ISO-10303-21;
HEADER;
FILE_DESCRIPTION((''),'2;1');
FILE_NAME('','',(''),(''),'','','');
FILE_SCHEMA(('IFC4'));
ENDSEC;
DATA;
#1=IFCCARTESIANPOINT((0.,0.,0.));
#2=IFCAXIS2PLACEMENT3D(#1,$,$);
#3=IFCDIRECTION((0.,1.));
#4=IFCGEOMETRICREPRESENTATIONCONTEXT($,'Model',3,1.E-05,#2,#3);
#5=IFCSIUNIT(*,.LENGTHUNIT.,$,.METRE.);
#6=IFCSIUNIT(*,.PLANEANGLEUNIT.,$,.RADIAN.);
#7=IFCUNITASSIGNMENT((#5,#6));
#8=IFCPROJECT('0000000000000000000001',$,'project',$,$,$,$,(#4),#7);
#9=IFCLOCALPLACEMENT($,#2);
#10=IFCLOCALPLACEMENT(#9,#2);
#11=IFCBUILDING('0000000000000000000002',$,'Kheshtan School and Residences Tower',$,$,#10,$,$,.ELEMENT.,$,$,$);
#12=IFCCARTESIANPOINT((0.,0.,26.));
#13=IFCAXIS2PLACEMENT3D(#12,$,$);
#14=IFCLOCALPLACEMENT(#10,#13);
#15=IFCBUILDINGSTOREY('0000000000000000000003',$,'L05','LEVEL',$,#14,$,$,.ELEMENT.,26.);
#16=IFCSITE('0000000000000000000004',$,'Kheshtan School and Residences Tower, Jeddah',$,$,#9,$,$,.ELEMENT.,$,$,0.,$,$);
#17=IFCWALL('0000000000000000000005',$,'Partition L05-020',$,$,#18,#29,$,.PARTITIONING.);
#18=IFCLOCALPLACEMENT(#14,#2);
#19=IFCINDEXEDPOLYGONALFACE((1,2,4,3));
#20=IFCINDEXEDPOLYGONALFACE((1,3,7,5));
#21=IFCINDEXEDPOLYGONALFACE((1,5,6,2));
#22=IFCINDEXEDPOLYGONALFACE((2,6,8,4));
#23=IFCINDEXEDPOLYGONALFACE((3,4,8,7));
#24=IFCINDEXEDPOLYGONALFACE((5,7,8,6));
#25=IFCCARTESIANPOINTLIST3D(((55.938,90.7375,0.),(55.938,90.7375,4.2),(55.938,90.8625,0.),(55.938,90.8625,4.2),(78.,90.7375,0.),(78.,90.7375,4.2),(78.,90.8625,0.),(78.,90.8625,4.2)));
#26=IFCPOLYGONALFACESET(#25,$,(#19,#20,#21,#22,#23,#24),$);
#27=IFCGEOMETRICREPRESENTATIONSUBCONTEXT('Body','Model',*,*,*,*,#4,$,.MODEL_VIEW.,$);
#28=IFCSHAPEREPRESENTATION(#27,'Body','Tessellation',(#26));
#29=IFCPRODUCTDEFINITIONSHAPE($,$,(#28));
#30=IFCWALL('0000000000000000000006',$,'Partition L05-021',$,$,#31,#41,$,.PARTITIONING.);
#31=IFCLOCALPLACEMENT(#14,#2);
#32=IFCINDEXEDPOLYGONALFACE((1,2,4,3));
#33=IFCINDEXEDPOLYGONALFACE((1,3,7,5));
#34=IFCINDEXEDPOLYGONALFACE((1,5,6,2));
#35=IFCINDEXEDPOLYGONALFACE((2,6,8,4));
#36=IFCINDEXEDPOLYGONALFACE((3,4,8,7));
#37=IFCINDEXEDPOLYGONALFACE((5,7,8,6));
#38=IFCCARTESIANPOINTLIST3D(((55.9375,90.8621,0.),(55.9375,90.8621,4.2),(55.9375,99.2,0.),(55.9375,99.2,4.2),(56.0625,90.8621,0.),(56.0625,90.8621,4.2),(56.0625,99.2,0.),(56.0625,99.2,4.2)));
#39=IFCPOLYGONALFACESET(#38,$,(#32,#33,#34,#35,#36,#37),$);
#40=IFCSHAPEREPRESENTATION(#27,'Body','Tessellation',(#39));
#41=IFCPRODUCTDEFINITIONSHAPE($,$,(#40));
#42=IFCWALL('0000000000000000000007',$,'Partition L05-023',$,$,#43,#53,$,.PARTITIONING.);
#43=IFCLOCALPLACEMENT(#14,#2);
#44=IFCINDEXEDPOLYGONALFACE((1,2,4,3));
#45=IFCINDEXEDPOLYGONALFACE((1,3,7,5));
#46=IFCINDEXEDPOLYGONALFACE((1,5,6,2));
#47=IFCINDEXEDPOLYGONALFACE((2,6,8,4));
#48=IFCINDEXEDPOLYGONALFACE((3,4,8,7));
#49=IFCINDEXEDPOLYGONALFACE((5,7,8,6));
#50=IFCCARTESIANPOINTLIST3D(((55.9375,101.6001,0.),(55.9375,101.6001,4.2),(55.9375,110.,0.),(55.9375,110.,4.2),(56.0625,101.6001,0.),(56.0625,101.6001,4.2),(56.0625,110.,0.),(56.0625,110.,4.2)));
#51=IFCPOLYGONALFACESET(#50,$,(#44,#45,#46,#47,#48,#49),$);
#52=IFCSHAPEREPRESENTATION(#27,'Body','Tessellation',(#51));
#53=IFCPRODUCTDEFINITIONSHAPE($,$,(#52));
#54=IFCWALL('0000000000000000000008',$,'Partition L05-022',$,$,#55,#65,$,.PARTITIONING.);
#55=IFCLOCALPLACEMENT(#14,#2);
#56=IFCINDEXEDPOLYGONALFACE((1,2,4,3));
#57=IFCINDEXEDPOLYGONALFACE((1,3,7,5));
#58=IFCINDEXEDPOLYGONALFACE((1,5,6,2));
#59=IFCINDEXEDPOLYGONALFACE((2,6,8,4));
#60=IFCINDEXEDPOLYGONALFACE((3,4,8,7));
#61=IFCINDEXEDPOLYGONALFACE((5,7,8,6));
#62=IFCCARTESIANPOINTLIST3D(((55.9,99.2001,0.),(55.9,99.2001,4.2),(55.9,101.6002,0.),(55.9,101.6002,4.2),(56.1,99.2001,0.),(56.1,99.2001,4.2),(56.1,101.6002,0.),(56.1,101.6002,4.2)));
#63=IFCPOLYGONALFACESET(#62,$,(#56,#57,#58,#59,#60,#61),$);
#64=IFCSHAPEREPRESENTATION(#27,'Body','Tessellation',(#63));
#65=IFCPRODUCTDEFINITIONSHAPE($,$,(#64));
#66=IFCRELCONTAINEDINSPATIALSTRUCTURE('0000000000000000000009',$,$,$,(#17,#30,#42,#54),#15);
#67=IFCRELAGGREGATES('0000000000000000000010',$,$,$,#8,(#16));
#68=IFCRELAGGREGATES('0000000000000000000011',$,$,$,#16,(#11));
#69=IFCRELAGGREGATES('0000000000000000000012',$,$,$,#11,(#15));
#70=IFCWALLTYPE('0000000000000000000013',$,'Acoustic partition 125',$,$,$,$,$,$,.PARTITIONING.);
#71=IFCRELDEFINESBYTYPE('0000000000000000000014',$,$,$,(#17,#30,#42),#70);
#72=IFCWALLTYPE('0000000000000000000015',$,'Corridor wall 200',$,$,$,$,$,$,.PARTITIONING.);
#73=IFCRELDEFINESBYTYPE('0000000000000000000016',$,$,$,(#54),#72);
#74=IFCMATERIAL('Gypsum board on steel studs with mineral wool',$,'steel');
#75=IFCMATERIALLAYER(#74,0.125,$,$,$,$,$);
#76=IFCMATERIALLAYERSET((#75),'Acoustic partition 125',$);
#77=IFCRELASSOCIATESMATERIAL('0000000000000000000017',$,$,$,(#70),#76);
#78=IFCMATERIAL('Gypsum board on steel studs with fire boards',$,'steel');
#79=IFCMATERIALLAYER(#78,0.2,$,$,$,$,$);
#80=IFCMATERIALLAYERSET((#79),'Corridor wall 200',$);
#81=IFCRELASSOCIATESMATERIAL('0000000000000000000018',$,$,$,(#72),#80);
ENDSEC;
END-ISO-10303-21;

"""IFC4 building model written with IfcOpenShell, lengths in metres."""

from ifc_helpers import new_model, si_unit, direction, frame, frame_2d, origin, place, context, subcontext, project, spatial, rectangle, extrude, material, layer, layer_set, type_object, element, save


model = new_model("IFC4")

# Units and contexts
model_context = context("Model", 3, precision=1e-05, world=origin(), true_north=direction((0.0, 1.0)))
body_context = subcontext(model_context, "Body", "Model", "MODEL_VIEW")
ifc_project = project(units=[si_unit("LENGTHUNIT", "METRE"), si_unit("PLANEANGLEUNIT", "RADIAN")], contexts=[model_context])

# Site, building, storey
site_placement = place(None, origin())
site = spatial("IfcSite", under=ifc_project, at=site_placement, Name="Kheshtan School and Residences Tower, Jeddah", CompositionType="ELEMENT", RefElevation=0.0)
building_placement = place(site_placement, origin())
building = spatial("IfcBuilding", under=site, at=building_placement, Name="Kheshtan School and Residences Tower", CompositionType="ELEMENT")
storey_placement = place(building_placement, frame((0.0, 0.0, 26.0)))
storey = spatial("IfcBuildingStorey", under=building, at=storey_placement, Name="L05", Description="LEVEL", CompositionType="ELEMENT", Elevation=26.0)

# Walls
ifc_material_1 = material(Name="Gypsum board on steel studs with mineral wool", Category="steel")
ifc_layer_1 = layer(ifc_material_1, 0.125)
ifc_layer_set_1 = layer_set([ifc_layer_1], Name="Acoustic partition 125")
wall_type_1 = type_object("IfcWallType", Name="Acoustic partition 125", PredefinedType="PARTITIONING", material=ifc_layer_set_1)
wall_1_placement = place(storey_placement, frame((55.938, 90.8, 0.0), z_axis=(0.0, 0.0, 1.0), x_axis=(1.0, 0.0, 0.0)))
element("IfcWall", 1, at=wall_1_placement, inside=storey, type_object=wall_type_1, Name="Partition L05-020", PredefinedType="PARTITIONING", context=body_context, shape_type="SweptSolid", body=[
    extrude(rectangle(XDim=22.062, YDim=0.125, at=frame_2d((11.031, 0.0))), origin(), (0.0, 0.0, 1.0), 4.2),
])
wall_2_placement = place(storey_placement, frame((56.0, 90.8621, 0.0), z_axis=(0.0, 0.0, 1.0), x_axis=(0.0, 1.0, 0.0)))
element("IfcWall", 2, at=wall_2_placement, inside=storey, type_object=wall_type_1, Name="Partition L05-021", PredefinedType="PARTITIONING", context=body_context, shape_type="SweptSolid", body=[
    extrude(rectangle(XDim=8.3379, YDim=0.125, at=frame_2d((4.1689, 0.0))), origin(), (0.0, 0.0, 1.0), 4.2),
])
wall_3_placement = place(storey_placement, frame((56.0, 101.6001, 0.0), z_axis=(0.0, 0.0, 1.0), x_axis=(0.0, 1.0, 0.0)))
element("IfcWall", 3, at=wall_3_placement, inside=storey, type_object=wall_type_1, Name="Partition L05-023", PredefinedType="PARTITIONING", context=body_context, shape_type="SweptSolid", body=[
    extrude(rectangle(XDim=8.3999, YDim=0.125, at=frame_2d((4.2, 0.0))), origin(), (0.0, 0.0, 1.0), 4.2),
])
ifc_material_2 = material(Name="Gypsum board on steel studs with fire boards", Category="steel")
ifc_layer_2 = layer(ifc_material_2, 0.2)
ifc_layer_set_2 = layer_set([ifc_layer_2], Name="Corridor wall 200")
wall_type_2 = type_object("IfcWallType", Name="Corridor wall 200", PredefinedType="PARTITIONING", material=ifc_layer_set_2)
wall_4_placement = place(storey_placement, frame((56.0, 99.2, 0.0), z_axis=(0.0, 0.0, 1.0), x_axis=(0.0, 1.0, 0.0)))
element("IfcWall", 4, at=wall_4_placement, inside=storey, type_object=wall_type_2, Name="Partition L05-022", PredefinedType="PARTITIONING", context=body_context, shape_type="SweptSolid", body=[
    extrude(rectangle(XDim=2.4001, YDim=0.2, at=frame_2d((1.2002, 0.0))), origin(), (0.0, 0.0, 1.0), 4.2),
])

save(model, "model.ifc")
